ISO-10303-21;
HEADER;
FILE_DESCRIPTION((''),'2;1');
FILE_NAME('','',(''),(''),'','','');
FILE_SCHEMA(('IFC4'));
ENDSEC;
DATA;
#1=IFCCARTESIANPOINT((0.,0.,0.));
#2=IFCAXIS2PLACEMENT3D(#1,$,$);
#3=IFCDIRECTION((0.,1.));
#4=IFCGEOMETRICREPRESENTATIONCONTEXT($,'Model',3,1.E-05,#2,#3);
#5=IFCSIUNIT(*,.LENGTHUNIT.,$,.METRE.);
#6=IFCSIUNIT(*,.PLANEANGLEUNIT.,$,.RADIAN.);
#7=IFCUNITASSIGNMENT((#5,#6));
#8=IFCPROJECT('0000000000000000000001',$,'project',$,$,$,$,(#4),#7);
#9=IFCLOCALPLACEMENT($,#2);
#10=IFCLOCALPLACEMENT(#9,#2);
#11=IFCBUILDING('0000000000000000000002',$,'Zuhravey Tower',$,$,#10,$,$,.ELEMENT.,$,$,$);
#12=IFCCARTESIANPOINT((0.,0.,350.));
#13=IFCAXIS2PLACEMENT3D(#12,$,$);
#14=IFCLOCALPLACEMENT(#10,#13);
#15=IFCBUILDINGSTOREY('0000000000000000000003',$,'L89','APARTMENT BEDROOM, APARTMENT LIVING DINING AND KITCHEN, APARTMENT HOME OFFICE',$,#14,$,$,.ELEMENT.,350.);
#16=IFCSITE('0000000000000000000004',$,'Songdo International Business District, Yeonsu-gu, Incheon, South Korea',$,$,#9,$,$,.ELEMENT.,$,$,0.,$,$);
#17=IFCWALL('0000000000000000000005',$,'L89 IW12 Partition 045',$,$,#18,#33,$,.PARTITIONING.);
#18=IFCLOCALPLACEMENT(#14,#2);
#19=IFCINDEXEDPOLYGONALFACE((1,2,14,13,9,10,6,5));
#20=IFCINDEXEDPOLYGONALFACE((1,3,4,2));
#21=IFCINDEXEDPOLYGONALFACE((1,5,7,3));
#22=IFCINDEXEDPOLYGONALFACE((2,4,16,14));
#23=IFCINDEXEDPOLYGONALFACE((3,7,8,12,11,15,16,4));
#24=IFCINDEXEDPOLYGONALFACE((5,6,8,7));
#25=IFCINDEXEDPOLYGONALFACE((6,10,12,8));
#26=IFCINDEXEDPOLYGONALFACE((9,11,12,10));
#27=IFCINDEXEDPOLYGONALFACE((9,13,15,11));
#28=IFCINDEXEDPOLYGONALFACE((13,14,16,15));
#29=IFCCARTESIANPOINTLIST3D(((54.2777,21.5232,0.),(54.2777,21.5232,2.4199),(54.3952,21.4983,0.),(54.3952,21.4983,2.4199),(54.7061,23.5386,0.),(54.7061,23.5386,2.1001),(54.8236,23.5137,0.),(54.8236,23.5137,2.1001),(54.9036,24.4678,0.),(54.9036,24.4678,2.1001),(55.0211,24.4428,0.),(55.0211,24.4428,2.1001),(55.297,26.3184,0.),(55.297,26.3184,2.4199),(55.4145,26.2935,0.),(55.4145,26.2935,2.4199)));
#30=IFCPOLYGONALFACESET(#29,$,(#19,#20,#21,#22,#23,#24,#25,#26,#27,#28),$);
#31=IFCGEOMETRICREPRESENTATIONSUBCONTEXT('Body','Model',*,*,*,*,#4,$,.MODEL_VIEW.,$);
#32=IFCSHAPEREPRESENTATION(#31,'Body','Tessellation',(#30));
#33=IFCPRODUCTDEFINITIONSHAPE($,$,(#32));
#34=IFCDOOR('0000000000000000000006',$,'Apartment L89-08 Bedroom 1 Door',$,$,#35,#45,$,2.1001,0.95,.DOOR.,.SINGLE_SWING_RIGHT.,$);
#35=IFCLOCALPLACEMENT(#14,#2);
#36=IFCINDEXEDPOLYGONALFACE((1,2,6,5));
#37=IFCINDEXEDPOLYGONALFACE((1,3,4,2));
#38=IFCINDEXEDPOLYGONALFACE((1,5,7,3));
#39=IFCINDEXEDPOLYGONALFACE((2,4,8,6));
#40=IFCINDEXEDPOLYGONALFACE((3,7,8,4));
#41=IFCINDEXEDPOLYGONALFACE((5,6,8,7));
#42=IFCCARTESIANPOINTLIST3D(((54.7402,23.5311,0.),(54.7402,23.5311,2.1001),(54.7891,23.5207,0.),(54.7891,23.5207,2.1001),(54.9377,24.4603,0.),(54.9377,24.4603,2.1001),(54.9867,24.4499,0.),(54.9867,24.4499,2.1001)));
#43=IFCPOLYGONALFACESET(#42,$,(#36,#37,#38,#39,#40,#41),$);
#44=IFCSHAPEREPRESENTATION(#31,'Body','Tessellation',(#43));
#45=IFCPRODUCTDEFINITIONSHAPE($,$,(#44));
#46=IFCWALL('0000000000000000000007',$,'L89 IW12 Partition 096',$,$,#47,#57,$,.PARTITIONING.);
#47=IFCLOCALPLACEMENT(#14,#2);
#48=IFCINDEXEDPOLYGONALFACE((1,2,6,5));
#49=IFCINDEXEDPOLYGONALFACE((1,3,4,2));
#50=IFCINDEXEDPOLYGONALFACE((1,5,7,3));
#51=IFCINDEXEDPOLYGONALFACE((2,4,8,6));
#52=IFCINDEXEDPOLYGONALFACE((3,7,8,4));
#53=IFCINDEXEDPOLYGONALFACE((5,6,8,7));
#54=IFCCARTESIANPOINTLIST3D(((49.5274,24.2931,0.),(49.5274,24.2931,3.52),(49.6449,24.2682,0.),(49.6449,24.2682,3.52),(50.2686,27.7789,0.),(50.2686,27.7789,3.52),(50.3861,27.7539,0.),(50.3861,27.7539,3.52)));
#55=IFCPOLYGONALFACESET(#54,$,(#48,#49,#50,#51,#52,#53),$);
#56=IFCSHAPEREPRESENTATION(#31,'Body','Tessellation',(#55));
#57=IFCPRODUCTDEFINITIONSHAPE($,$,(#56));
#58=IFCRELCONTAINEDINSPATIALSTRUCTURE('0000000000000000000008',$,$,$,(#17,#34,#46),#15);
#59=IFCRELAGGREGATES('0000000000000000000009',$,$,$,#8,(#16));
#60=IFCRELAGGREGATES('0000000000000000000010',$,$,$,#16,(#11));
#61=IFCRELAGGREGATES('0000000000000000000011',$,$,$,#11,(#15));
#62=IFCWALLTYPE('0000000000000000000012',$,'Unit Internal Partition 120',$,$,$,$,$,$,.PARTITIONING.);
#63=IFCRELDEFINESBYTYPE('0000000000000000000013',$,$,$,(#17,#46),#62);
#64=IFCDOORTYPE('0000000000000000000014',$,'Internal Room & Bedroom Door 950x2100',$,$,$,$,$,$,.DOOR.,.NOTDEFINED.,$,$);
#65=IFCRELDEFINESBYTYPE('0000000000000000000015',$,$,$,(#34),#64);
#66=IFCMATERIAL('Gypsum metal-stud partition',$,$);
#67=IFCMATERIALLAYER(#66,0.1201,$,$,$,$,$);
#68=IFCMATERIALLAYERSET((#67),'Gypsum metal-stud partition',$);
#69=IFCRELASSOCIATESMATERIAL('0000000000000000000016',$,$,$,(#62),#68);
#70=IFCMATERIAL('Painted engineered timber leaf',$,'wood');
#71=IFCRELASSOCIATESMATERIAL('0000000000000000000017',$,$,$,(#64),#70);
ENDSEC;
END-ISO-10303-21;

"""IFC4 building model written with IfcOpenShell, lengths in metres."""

from ifc_helpers import new_model, si_unit, direction, frame, frame_2d, origin, place, context, subcontext, project, spatial, rectangle, extrude, material, layer, layer_set, type_object, element, fill, save


model = new_model("IFC4")

# Units and contexts
model_context = context("Model", 3, precision=1e-05, world=origin(), true_north=direction((0.0, 1.0)))
body_context = subcontext(model_context, "Body", "Model", "MODEL_VIEW")
ifc_project = project(units=[si_unit("LENGTHUNIT", "METRE"), si_unit("PLANEANGLEUNIT", "RADIAN")], contexts=[model_context])

# Site, building, storey
site_placement = place(None, origin())
site = spatial("IfcSite", under=ifc_project, at=site_placement, Name="Songdo International Business District, Yeonsu-gu, Incheon, South Korea", CompositionType="ELEMENT", RefElevation=0.0)
building_placement = place(site_placement, origin())
building = spatial("IfcBuilding", under=site, at=building_placement, Name="Zuhravey Tower", CompositionType="ELEMENT")
storey_placement = place(building_placement, frame((0.0, 0.0, 350.0)))
storey = spatial("IfcBuildingStorey", under=building, at=storey_placement, Name="L89", Description="APARTMENT BEDROOM, APARTMENT LIVING DINING AND KITCHEN, APARTMENT HOME OFFICE", CompositionType="ELEMENT", Elevation=350.0)

# Wall, opening, door
ifc_material_1 = material(Name="Gypsum metal-stud partition")
ifc_layer_1 = layer(ifc_material_1, 0.1201)
ifc_layer_set_1 = layer_set([ifc_layer_1], Name="Gypsum metal-stud partition")
wall_type_1 = type_object("IfcWallType", Name="Unit Internal Partition 120", PredefinedType="PARTITIONING", material=ifc_layer_set_1)
wall_1_placement = place(storey_placement, frame((54.3364, 21.5107, 0.0), z_axis=(0.0, 0.0, 1.0), x_axis=(0.20792, 0.978146, 0.0)))
wall_1 = element("IfcWall", 1, at=wall_1_placement, inside=storey, type_object=wall_type_1, Name="L89 IW12 Partition 045", PredefinedType="PARTITIONING", context=body_context, shape_type="SweptSolid", body=[
    extrude(rectangle(XDim=4.9023, YDim=0.1201, at=frame_2d((2.4512, 0.0))), origin(), (0.0, 0.0, 1.0), 2.4199),
])
opening_placement = place(wall_1_placement, frame((2.0603, 0.0, 0.0)))
opening = element("IfcOpeningElement", 2, at=opening_placement, cuts=wall_1, PredefinedType="OPENING", context=body_context, shape_type="SweptSolid", body=[
    extrude(rectangle(XDim=0.95, YDim=2.1001, at=frame_2d((0.4751, 1.05))), frame((0.0, 0.072, 0.0), z_axis=(0.0, -1.0, 0.0), x_axis=(1.0, 0.0, 0.0)), (0.0, 0.0, 1.0), 0.144),
])
ifc_material_2 = material(Name="Painted engineered timber leaf", Category="wood")
door_type = type_object("IfcDoorType", Name="Internal Room & Bedroom Door 950x2100", OperationType="NOTDEFINED", PredefinedType="DOOR", material=ifc_material_2)
door_placement = place(opening_placement, frame((0.95, 0.0, 0.0), z_axis=(0.0, 0.0, 1.0), x_axis=(-1.0, 0.0, 0.0)))
door = element("IfcDoor", 3, at=door_placement, inside=storey, type_object=door_type, Name="Apartment L89-08 Bedroom 1 Door", OperationType="SINGLE_SWING_RIGHT", OverallHeight=2.1001, OverallWidth=0.95, PredefinedType="DOOR", context=body_context, shape_type="SweptSolid", body=[
    extrude(rectangle(XDim=0.95, YDim=2.1001, at=frame_2d((0.4751, 1.05))), frame((0.0, 0.0249, 0.0), z_axis=(0.0, -1.0, 0.0), x_axis=(1.0, 0.0, 0.0)), (0.0, 0.0, 1.0), 0.05),
])
fill(opening, door)

# Wall
wall_2_placement = place(storey_placement, frame((49.5862, 24.2808, 0.0), z_axis=(0.0, 0.0, 1.0), x_axis=(0.207985, 0.978132, 0.0)))
element("IfcWall", 4, at=wall_2_placement, inside=storey, type_object=wall_type_1, Name="L89 IW12 Partition 096", PredefinedType="PARTITIONING", context=body_context, shape_type="SweptSolid", body=[
    extrude(rectangle(XDim=3.5637, YDim=0.1201, at=frame_2d((1.7817, 0.0))), origin(), (0.0, 0.0, 1.0), 3.52),
])

save(model, "model.ifc")
